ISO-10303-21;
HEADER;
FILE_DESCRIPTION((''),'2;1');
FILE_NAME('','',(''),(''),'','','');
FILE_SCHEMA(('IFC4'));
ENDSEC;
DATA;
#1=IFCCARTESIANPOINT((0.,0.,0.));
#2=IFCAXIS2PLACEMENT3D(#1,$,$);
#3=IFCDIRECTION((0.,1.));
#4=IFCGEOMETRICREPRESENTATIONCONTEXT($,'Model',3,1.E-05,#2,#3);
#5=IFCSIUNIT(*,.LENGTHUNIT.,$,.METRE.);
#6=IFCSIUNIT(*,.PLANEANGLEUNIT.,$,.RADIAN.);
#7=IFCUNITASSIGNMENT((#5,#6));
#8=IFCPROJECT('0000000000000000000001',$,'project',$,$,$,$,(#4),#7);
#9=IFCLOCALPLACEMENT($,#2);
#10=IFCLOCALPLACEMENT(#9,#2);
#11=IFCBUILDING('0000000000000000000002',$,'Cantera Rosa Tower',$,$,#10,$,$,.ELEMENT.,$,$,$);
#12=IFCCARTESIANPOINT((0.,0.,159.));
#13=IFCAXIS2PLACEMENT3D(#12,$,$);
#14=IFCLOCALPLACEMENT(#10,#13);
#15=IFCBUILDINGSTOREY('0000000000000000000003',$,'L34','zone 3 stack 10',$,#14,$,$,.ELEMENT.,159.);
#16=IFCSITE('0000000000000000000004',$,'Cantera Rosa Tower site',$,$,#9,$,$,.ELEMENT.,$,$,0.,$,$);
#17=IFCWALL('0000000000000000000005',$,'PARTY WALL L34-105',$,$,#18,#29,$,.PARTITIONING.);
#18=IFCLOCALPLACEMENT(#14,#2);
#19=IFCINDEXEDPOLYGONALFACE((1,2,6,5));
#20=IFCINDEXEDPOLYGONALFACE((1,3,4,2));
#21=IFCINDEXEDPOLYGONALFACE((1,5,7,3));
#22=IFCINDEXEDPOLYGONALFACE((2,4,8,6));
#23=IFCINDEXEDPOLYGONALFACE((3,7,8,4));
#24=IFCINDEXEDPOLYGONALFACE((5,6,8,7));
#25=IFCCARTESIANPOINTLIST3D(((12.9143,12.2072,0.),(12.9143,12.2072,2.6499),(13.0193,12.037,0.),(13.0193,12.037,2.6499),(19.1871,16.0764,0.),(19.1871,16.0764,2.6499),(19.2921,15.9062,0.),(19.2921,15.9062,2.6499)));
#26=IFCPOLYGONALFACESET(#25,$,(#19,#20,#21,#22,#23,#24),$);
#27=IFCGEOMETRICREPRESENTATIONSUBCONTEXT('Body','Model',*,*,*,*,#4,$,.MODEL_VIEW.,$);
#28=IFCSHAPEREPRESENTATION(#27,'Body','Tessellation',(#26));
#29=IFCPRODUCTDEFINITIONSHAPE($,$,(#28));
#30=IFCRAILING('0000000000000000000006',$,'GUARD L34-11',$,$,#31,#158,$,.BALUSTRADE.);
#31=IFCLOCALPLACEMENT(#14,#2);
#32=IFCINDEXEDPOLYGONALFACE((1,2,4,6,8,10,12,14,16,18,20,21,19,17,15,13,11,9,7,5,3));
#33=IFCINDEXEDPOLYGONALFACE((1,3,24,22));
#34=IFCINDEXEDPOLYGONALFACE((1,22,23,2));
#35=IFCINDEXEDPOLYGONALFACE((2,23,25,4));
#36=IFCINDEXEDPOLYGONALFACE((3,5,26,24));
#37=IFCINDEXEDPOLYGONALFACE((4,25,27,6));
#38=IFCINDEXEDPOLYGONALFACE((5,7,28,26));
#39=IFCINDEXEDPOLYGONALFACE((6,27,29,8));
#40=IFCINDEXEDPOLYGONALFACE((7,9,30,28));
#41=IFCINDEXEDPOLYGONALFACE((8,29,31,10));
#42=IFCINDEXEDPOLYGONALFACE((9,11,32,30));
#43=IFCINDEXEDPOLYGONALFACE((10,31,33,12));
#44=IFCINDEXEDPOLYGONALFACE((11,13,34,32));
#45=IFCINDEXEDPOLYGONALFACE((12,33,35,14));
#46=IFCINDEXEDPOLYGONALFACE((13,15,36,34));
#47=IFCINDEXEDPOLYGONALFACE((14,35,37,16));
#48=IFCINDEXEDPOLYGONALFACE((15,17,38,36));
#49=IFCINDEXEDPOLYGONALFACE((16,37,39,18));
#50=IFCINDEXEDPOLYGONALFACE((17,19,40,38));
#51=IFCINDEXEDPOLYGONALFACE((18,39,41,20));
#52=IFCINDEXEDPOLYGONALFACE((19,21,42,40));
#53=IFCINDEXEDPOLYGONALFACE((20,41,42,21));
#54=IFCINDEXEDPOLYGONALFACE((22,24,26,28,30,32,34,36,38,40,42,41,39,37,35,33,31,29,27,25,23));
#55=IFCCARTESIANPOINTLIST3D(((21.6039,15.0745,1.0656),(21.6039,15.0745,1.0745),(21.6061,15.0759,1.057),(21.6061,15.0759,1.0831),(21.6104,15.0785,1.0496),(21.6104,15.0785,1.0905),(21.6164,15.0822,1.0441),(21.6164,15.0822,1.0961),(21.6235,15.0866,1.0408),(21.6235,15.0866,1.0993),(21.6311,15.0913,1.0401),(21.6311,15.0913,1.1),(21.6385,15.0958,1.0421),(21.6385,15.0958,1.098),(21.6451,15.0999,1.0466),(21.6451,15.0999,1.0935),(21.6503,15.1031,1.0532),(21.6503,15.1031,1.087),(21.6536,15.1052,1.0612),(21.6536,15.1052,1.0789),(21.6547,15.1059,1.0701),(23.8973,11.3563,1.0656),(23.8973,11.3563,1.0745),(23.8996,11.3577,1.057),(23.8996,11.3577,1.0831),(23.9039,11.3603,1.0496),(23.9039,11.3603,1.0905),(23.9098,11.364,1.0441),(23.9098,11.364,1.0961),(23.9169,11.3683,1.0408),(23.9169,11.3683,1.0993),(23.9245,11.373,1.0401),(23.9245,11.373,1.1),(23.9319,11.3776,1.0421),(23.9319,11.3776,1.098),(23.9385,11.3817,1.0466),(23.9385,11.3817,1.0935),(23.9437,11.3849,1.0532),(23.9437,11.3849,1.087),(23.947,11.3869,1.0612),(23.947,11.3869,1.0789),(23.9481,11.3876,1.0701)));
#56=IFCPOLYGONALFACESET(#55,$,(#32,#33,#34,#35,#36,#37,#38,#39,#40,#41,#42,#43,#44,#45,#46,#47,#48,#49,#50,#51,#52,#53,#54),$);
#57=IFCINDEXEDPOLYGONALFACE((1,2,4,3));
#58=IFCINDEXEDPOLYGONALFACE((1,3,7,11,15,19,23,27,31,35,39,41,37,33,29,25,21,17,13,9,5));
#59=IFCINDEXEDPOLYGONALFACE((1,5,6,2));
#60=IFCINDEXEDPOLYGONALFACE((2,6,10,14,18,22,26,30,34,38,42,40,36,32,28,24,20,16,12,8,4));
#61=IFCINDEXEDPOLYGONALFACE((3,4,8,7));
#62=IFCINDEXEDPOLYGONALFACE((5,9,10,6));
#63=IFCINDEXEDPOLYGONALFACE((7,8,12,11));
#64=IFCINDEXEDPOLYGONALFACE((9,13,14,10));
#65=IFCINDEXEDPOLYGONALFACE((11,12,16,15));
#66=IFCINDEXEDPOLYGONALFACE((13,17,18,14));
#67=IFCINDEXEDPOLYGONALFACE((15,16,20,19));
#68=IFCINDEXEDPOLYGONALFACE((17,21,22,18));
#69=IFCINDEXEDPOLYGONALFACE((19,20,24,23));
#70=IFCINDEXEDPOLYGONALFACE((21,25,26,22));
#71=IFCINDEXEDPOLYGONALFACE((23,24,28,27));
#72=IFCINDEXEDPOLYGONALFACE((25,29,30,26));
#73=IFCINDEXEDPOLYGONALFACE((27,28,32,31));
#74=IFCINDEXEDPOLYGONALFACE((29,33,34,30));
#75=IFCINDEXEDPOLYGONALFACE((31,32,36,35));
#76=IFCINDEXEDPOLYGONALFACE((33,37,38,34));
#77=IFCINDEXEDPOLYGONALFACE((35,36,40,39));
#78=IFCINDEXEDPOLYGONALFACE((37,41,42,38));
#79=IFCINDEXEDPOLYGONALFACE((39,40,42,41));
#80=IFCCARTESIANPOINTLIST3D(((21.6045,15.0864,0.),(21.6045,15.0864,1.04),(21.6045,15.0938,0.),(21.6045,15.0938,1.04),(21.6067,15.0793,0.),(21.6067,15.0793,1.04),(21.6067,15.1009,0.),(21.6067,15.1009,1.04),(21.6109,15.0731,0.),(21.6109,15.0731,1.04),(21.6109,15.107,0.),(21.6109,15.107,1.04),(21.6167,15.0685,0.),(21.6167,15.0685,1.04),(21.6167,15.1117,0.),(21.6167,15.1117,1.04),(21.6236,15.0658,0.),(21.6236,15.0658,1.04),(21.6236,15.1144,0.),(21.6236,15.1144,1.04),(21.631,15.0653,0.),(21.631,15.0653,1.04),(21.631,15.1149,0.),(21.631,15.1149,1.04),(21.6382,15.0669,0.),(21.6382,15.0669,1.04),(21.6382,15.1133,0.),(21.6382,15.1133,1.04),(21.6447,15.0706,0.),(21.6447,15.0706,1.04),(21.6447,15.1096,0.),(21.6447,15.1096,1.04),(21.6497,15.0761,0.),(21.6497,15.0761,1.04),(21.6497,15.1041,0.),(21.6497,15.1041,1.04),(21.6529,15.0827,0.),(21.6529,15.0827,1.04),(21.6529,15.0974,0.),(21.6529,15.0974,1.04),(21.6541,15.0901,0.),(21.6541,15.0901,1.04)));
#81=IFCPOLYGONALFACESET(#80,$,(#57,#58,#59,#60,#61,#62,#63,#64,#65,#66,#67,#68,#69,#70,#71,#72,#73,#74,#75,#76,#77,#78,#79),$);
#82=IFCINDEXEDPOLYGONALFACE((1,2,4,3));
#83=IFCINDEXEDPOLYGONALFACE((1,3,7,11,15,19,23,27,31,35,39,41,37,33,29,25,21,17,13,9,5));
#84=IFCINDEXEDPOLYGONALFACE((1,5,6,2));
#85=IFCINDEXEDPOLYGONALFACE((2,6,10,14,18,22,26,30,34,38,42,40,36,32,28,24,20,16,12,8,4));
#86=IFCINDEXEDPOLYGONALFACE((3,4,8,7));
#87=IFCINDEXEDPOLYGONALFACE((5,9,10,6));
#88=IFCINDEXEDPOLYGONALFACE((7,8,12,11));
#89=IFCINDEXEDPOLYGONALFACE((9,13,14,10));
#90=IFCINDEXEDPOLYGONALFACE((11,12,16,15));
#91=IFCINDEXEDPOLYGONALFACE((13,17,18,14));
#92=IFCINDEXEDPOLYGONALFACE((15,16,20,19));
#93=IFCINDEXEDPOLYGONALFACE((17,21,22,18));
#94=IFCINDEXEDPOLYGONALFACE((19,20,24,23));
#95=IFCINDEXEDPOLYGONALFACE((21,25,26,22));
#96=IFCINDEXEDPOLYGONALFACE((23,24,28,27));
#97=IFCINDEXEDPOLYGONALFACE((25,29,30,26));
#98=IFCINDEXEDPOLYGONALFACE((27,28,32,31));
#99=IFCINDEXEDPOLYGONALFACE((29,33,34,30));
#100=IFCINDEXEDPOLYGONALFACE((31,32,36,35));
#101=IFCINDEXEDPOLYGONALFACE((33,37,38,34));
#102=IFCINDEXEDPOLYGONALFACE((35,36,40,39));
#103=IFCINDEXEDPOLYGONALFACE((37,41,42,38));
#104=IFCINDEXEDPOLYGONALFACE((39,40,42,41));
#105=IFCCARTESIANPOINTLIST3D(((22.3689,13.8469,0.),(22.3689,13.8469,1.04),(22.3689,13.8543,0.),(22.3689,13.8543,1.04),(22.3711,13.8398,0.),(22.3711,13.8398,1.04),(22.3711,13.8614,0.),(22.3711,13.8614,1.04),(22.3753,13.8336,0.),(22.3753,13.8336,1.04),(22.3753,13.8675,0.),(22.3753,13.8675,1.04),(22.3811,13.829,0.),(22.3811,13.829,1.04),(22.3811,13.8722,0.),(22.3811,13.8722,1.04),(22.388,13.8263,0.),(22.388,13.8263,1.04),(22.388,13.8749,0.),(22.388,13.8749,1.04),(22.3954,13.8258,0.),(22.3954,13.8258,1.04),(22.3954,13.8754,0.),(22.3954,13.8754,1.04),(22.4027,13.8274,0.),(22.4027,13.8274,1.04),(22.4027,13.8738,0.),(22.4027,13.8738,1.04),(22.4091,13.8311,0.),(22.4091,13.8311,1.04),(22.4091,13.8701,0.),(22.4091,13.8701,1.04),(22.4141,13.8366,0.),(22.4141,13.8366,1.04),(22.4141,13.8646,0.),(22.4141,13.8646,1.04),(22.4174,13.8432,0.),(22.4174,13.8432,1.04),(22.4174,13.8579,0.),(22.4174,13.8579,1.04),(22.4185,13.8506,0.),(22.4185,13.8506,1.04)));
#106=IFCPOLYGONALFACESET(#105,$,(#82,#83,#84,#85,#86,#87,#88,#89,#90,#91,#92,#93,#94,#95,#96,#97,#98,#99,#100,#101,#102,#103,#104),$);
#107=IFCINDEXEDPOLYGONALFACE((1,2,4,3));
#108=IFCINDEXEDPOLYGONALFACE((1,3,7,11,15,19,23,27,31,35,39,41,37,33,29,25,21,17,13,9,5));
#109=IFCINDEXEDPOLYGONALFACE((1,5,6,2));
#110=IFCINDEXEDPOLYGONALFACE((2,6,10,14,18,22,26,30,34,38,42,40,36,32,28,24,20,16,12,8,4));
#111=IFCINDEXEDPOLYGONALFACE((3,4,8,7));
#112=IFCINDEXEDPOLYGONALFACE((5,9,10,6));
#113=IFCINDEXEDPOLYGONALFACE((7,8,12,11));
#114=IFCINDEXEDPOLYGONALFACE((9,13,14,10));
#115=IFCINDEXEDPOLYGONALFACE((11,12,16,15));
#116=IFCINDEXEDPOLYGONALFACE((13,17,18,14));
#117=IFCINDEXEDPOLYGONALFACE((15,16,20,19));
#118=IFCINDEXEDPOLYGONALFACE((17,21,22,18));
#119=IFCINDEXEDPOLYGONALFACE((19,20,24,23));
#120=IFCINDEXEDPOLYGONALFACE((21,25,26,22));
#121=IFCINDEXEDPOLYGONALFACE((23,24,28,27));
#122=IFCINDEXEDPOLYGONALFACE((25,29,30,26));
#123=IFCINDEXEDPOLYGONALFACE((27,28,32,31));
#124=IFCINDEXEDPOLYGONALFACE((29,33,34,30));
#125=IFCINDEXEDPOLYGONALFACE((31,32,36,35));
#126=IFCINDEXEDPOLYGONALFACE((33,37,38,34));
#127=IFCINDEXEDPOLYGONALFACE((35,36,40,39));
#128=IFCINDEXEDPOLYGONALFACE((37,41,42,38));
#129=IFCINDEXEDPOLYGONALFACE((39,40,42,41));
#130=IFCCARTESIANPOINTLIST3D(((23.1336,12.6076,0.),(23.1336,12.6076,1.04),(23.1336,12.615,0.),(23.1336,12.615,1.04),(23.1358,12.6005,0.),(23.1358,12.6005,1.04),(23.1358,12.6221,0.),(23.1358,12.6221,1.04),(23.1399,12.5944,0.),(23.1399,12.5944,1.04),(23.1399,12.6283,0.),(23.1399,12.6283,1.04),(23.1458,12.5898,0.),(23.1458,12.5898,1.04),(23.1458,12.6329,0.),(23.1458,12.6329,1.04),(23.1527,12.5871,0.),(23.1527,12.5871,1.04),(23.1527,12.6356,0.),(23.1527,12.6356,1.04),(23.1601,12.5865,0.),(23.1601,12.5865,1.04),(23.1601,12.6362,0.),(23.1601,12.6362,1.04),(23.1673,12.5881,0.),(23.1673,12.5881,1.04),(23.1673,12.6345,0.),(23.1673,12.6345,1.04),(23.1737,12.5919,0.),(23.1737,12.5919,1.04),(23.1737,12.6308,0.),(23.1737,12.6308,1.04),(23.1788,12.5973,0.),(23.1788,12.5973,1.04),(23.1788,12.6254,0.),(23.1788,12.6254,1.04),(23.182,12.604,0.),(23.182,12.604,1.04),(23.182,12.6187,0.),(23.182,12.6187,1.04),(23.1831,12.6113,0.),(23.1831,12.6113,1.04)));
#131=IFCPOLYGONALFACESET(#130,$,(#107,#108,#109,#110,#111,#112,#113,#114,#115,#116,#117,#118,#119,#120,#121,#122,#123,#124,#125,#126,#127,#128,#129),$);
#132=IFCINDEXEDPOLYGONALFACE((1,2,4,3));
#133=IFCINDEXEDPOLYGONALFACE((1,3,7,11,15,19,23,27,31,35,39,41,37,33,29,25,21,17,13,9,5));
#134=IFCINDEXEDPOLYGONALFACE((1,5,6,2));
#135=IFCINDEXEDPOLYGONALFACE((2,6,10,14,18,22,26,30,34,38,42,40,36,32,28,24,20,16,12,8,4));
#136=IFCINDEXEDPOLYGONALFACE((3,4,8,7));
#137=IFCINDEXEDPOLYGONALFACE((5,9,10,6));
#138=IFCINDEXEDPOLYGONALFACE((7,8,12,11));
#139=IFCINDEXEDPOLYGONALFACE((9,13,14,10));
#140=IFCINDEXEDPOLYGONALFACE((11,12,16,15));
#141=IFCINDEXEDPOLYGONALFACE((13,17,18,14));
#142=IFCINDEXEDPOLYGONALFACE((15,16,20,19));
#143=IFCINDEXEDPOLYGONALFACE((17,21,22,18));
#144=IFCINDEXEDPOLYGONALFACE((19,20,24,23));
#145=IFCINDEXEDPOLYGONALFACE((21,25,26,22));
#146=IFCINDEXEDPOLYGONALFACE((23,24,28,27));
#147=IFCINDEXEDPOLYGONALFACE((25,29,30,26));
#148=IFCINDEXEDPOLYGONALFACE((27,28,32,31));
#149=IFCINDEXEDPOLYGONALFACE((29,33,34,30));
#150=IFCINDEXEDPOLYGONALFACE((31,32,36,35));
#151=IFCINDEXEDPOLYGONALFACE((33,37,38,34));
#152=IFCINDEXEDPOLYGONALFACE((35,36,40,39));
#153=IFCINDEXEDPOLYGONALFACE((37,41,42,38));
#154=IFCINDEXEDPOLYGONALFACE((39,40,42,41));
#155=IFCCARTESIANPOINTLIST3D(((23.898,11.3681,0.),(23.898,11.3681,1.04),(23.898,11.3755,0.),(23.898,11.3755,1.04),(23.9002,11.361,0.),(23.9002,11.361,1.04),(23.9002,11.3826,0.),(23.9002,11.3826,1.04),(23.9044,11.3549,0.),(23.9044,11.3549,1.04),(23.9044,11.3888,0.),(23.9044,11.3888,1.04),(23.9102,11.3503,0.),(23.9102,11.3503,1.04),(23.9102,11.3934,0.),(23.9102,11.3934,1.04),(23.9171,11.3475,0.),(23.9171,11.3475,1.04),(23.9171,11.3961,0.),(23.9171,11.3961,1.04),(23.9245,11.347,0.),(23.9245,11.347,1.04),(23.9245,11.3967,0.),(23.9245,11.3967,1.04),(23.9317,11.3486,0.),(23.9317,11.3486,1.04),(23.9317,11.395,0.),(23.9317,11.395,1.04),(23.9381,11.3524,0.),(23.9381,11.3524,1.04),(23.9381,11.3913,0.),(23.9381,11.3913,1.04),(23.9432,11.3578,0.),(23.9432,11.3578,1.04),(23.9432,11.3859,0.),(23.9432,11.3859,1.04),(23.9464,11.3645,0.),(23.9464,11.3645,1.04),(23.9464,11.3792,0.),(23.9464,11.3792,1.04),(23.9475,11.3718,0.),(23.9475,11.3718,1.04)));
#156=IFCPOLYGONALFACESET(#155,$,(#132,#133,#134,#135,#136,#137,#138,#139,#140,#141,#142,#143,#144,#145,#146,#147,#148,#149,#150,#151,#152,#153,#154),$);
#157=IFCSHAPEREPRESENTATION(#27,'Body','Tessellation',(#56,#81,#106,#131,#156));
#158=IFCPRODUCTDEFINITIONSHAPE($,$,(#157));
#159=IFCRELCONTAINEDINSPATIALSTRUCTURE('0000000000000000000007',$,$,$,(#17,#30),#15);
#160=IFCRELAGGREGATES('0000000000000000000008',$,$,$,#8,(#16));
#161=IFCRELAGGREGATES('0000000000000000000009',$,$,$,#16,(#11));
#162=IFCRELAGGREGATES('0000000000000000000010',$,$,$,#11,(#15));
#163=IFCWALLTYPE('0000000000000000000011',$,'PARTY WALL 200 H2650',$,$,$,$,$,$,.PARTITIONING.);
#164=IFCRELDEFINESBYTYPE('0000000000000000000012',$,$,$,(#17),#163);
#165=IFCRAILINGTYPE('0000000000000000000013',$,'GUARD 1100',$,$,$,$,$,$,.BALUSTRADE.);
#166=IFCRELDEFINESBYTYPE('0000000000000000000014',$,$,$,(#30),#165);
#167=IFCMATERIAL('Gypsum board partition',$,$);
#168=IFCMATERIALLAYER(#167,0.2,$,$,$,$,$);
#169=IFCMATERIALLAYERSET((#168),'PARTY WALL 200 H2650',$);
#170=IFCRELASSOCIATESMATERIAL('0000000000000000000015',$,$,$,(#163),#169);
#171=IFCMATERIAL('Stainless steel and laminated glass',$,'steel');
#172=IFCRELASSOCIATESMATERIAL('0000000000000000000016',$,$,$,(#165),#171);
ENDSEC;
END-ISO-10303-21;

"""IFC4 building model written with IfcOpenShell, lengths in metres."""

from ifc_helpers import new_model, si_unit, direction, frame, frame_2d, origin, origin_2d, place, context, subcontext, project, spatial, rectangle, circle, extrude, material, layer, layer_set, type_object, element, save


model = new_model("IFC4")

# Units and contexts
model_context = context("Model", 3, precision=1e-05, world=origin(), true_north=direction((0.0, 1.0)))
body_context = subcontext(model_context, "Body", "Model", "MODEL_VIEW")
ifc_project = project(units=[si_unit("LENGTHUNIT", "METRE"), si_unit("PLANEANGLEUNIT", "RADIAN")], contexts=[model_context])

# Site, building, storey
site_placement = place(None, origin())
site = spatial("IfcSite", under=ifc_project, at=site_placement, Name="Cantera Rosa Tower site", CompositionType="ELEMENT", RefElevation=0.0)
building_placement = place(site_placement, origin())
building = spatial("IfcBuilding", under=site, at=building_placement, Name="Cantera Rosa Tower", CompositionType="ELEMENT")
storey_placement = place(building_placement, frame((0.0, 0.0, 159.0)))
storey = spatial("IfcBuildingStorey", under=building, at=storey_placement, Name="L34", Description="zone 3 stack 10", CompositionType="ELEMENT", Elevation=159.0)

# Wall
ifc_material_1 = material(Name="Gypsum board partition")
ifc_layer_1 = layer(ifc_material_1, 0.2)
ifc_layer_set_1 = layer_set([ifc_layer_1], Name="PARTY WALL 200 H2650")
wall_type_1 = type_object("IfcWallType", Name="PARTY WALL 200 H2650", PredefinedType="PARTITIONING", material=ifc_layer_set_1)
wall_1_placement = place(storey_placement, frame((12.9668, 12.1221, 0.0), z_axis=(0.0, 0.0, 1.0), x_axis=(0.851112, 0.524984, 0.0)))
element("IfcWall", 1, at=wall_1_placement, inside=storey, type_object=wall_type_1, Name="PARTY WALL L34-105", PredefinedType="PARTITIONING", context=body_context, shape_type="SweptSolid", body=[
    extrude(rectangle(XDim=7.3701, YDim=0.2, at=frame_2d((3.6851, 0.0))), origin(), (0.0, 0.0, 1.0), 2.6499),
])

# Railing
ifc_material_2 = material(Name="Stainless steel and laminated glass", Category="steel")
railing_type = type_object("IfcRailingType", Name="GUARD 1100", PredefinedType="BALUSTRADE", material=ifc_material_2)
railing_1_placement = place(storey_placement, frame((21.6292, 15.0901, 0.0)))
element("IfcRailing", 2, at=railing_1_placement, inside=storey, type_object=railing_type, Name="GUARD L34-11", PredefinedType="BALUSTRADE", context=body_context, shape_type="SweptSolid", body=[
    extrude(circle(Radius=0.03, at=origin_2d()), frame((0.0, 0.0, 1.0701), z_axis=(0.524976, -0.851117, 0.0), x_axis=(0.851117, 0.524976, 0.0)), (0.0, 0.0, 1.0), 4.3687),
    extrude(circle(Radius=0.0249, at=origin_2d()), origin(), (0.0, 0.0, 1.0), 1.04),
    extrude(circle(Radius=0.0249, at=origin_2d()), frame((0.7644, -1.2395, 0.0)), (0.0, 0.0, 1.0), 1.04),
    extrude(circle(Radius=0.0249, at=origin_2d()), frame((1.5291, -2.4788, 0.0)), (0.0, 0.0, 1.0), 1.04),
    extrude(circle(Radius=0.0249, at=origin_2d()), frame((2.2935, -3.7183, 0.0)), (0.0, 0.0, 1.0), 1.04),
])

save(model, "model.ifc")
